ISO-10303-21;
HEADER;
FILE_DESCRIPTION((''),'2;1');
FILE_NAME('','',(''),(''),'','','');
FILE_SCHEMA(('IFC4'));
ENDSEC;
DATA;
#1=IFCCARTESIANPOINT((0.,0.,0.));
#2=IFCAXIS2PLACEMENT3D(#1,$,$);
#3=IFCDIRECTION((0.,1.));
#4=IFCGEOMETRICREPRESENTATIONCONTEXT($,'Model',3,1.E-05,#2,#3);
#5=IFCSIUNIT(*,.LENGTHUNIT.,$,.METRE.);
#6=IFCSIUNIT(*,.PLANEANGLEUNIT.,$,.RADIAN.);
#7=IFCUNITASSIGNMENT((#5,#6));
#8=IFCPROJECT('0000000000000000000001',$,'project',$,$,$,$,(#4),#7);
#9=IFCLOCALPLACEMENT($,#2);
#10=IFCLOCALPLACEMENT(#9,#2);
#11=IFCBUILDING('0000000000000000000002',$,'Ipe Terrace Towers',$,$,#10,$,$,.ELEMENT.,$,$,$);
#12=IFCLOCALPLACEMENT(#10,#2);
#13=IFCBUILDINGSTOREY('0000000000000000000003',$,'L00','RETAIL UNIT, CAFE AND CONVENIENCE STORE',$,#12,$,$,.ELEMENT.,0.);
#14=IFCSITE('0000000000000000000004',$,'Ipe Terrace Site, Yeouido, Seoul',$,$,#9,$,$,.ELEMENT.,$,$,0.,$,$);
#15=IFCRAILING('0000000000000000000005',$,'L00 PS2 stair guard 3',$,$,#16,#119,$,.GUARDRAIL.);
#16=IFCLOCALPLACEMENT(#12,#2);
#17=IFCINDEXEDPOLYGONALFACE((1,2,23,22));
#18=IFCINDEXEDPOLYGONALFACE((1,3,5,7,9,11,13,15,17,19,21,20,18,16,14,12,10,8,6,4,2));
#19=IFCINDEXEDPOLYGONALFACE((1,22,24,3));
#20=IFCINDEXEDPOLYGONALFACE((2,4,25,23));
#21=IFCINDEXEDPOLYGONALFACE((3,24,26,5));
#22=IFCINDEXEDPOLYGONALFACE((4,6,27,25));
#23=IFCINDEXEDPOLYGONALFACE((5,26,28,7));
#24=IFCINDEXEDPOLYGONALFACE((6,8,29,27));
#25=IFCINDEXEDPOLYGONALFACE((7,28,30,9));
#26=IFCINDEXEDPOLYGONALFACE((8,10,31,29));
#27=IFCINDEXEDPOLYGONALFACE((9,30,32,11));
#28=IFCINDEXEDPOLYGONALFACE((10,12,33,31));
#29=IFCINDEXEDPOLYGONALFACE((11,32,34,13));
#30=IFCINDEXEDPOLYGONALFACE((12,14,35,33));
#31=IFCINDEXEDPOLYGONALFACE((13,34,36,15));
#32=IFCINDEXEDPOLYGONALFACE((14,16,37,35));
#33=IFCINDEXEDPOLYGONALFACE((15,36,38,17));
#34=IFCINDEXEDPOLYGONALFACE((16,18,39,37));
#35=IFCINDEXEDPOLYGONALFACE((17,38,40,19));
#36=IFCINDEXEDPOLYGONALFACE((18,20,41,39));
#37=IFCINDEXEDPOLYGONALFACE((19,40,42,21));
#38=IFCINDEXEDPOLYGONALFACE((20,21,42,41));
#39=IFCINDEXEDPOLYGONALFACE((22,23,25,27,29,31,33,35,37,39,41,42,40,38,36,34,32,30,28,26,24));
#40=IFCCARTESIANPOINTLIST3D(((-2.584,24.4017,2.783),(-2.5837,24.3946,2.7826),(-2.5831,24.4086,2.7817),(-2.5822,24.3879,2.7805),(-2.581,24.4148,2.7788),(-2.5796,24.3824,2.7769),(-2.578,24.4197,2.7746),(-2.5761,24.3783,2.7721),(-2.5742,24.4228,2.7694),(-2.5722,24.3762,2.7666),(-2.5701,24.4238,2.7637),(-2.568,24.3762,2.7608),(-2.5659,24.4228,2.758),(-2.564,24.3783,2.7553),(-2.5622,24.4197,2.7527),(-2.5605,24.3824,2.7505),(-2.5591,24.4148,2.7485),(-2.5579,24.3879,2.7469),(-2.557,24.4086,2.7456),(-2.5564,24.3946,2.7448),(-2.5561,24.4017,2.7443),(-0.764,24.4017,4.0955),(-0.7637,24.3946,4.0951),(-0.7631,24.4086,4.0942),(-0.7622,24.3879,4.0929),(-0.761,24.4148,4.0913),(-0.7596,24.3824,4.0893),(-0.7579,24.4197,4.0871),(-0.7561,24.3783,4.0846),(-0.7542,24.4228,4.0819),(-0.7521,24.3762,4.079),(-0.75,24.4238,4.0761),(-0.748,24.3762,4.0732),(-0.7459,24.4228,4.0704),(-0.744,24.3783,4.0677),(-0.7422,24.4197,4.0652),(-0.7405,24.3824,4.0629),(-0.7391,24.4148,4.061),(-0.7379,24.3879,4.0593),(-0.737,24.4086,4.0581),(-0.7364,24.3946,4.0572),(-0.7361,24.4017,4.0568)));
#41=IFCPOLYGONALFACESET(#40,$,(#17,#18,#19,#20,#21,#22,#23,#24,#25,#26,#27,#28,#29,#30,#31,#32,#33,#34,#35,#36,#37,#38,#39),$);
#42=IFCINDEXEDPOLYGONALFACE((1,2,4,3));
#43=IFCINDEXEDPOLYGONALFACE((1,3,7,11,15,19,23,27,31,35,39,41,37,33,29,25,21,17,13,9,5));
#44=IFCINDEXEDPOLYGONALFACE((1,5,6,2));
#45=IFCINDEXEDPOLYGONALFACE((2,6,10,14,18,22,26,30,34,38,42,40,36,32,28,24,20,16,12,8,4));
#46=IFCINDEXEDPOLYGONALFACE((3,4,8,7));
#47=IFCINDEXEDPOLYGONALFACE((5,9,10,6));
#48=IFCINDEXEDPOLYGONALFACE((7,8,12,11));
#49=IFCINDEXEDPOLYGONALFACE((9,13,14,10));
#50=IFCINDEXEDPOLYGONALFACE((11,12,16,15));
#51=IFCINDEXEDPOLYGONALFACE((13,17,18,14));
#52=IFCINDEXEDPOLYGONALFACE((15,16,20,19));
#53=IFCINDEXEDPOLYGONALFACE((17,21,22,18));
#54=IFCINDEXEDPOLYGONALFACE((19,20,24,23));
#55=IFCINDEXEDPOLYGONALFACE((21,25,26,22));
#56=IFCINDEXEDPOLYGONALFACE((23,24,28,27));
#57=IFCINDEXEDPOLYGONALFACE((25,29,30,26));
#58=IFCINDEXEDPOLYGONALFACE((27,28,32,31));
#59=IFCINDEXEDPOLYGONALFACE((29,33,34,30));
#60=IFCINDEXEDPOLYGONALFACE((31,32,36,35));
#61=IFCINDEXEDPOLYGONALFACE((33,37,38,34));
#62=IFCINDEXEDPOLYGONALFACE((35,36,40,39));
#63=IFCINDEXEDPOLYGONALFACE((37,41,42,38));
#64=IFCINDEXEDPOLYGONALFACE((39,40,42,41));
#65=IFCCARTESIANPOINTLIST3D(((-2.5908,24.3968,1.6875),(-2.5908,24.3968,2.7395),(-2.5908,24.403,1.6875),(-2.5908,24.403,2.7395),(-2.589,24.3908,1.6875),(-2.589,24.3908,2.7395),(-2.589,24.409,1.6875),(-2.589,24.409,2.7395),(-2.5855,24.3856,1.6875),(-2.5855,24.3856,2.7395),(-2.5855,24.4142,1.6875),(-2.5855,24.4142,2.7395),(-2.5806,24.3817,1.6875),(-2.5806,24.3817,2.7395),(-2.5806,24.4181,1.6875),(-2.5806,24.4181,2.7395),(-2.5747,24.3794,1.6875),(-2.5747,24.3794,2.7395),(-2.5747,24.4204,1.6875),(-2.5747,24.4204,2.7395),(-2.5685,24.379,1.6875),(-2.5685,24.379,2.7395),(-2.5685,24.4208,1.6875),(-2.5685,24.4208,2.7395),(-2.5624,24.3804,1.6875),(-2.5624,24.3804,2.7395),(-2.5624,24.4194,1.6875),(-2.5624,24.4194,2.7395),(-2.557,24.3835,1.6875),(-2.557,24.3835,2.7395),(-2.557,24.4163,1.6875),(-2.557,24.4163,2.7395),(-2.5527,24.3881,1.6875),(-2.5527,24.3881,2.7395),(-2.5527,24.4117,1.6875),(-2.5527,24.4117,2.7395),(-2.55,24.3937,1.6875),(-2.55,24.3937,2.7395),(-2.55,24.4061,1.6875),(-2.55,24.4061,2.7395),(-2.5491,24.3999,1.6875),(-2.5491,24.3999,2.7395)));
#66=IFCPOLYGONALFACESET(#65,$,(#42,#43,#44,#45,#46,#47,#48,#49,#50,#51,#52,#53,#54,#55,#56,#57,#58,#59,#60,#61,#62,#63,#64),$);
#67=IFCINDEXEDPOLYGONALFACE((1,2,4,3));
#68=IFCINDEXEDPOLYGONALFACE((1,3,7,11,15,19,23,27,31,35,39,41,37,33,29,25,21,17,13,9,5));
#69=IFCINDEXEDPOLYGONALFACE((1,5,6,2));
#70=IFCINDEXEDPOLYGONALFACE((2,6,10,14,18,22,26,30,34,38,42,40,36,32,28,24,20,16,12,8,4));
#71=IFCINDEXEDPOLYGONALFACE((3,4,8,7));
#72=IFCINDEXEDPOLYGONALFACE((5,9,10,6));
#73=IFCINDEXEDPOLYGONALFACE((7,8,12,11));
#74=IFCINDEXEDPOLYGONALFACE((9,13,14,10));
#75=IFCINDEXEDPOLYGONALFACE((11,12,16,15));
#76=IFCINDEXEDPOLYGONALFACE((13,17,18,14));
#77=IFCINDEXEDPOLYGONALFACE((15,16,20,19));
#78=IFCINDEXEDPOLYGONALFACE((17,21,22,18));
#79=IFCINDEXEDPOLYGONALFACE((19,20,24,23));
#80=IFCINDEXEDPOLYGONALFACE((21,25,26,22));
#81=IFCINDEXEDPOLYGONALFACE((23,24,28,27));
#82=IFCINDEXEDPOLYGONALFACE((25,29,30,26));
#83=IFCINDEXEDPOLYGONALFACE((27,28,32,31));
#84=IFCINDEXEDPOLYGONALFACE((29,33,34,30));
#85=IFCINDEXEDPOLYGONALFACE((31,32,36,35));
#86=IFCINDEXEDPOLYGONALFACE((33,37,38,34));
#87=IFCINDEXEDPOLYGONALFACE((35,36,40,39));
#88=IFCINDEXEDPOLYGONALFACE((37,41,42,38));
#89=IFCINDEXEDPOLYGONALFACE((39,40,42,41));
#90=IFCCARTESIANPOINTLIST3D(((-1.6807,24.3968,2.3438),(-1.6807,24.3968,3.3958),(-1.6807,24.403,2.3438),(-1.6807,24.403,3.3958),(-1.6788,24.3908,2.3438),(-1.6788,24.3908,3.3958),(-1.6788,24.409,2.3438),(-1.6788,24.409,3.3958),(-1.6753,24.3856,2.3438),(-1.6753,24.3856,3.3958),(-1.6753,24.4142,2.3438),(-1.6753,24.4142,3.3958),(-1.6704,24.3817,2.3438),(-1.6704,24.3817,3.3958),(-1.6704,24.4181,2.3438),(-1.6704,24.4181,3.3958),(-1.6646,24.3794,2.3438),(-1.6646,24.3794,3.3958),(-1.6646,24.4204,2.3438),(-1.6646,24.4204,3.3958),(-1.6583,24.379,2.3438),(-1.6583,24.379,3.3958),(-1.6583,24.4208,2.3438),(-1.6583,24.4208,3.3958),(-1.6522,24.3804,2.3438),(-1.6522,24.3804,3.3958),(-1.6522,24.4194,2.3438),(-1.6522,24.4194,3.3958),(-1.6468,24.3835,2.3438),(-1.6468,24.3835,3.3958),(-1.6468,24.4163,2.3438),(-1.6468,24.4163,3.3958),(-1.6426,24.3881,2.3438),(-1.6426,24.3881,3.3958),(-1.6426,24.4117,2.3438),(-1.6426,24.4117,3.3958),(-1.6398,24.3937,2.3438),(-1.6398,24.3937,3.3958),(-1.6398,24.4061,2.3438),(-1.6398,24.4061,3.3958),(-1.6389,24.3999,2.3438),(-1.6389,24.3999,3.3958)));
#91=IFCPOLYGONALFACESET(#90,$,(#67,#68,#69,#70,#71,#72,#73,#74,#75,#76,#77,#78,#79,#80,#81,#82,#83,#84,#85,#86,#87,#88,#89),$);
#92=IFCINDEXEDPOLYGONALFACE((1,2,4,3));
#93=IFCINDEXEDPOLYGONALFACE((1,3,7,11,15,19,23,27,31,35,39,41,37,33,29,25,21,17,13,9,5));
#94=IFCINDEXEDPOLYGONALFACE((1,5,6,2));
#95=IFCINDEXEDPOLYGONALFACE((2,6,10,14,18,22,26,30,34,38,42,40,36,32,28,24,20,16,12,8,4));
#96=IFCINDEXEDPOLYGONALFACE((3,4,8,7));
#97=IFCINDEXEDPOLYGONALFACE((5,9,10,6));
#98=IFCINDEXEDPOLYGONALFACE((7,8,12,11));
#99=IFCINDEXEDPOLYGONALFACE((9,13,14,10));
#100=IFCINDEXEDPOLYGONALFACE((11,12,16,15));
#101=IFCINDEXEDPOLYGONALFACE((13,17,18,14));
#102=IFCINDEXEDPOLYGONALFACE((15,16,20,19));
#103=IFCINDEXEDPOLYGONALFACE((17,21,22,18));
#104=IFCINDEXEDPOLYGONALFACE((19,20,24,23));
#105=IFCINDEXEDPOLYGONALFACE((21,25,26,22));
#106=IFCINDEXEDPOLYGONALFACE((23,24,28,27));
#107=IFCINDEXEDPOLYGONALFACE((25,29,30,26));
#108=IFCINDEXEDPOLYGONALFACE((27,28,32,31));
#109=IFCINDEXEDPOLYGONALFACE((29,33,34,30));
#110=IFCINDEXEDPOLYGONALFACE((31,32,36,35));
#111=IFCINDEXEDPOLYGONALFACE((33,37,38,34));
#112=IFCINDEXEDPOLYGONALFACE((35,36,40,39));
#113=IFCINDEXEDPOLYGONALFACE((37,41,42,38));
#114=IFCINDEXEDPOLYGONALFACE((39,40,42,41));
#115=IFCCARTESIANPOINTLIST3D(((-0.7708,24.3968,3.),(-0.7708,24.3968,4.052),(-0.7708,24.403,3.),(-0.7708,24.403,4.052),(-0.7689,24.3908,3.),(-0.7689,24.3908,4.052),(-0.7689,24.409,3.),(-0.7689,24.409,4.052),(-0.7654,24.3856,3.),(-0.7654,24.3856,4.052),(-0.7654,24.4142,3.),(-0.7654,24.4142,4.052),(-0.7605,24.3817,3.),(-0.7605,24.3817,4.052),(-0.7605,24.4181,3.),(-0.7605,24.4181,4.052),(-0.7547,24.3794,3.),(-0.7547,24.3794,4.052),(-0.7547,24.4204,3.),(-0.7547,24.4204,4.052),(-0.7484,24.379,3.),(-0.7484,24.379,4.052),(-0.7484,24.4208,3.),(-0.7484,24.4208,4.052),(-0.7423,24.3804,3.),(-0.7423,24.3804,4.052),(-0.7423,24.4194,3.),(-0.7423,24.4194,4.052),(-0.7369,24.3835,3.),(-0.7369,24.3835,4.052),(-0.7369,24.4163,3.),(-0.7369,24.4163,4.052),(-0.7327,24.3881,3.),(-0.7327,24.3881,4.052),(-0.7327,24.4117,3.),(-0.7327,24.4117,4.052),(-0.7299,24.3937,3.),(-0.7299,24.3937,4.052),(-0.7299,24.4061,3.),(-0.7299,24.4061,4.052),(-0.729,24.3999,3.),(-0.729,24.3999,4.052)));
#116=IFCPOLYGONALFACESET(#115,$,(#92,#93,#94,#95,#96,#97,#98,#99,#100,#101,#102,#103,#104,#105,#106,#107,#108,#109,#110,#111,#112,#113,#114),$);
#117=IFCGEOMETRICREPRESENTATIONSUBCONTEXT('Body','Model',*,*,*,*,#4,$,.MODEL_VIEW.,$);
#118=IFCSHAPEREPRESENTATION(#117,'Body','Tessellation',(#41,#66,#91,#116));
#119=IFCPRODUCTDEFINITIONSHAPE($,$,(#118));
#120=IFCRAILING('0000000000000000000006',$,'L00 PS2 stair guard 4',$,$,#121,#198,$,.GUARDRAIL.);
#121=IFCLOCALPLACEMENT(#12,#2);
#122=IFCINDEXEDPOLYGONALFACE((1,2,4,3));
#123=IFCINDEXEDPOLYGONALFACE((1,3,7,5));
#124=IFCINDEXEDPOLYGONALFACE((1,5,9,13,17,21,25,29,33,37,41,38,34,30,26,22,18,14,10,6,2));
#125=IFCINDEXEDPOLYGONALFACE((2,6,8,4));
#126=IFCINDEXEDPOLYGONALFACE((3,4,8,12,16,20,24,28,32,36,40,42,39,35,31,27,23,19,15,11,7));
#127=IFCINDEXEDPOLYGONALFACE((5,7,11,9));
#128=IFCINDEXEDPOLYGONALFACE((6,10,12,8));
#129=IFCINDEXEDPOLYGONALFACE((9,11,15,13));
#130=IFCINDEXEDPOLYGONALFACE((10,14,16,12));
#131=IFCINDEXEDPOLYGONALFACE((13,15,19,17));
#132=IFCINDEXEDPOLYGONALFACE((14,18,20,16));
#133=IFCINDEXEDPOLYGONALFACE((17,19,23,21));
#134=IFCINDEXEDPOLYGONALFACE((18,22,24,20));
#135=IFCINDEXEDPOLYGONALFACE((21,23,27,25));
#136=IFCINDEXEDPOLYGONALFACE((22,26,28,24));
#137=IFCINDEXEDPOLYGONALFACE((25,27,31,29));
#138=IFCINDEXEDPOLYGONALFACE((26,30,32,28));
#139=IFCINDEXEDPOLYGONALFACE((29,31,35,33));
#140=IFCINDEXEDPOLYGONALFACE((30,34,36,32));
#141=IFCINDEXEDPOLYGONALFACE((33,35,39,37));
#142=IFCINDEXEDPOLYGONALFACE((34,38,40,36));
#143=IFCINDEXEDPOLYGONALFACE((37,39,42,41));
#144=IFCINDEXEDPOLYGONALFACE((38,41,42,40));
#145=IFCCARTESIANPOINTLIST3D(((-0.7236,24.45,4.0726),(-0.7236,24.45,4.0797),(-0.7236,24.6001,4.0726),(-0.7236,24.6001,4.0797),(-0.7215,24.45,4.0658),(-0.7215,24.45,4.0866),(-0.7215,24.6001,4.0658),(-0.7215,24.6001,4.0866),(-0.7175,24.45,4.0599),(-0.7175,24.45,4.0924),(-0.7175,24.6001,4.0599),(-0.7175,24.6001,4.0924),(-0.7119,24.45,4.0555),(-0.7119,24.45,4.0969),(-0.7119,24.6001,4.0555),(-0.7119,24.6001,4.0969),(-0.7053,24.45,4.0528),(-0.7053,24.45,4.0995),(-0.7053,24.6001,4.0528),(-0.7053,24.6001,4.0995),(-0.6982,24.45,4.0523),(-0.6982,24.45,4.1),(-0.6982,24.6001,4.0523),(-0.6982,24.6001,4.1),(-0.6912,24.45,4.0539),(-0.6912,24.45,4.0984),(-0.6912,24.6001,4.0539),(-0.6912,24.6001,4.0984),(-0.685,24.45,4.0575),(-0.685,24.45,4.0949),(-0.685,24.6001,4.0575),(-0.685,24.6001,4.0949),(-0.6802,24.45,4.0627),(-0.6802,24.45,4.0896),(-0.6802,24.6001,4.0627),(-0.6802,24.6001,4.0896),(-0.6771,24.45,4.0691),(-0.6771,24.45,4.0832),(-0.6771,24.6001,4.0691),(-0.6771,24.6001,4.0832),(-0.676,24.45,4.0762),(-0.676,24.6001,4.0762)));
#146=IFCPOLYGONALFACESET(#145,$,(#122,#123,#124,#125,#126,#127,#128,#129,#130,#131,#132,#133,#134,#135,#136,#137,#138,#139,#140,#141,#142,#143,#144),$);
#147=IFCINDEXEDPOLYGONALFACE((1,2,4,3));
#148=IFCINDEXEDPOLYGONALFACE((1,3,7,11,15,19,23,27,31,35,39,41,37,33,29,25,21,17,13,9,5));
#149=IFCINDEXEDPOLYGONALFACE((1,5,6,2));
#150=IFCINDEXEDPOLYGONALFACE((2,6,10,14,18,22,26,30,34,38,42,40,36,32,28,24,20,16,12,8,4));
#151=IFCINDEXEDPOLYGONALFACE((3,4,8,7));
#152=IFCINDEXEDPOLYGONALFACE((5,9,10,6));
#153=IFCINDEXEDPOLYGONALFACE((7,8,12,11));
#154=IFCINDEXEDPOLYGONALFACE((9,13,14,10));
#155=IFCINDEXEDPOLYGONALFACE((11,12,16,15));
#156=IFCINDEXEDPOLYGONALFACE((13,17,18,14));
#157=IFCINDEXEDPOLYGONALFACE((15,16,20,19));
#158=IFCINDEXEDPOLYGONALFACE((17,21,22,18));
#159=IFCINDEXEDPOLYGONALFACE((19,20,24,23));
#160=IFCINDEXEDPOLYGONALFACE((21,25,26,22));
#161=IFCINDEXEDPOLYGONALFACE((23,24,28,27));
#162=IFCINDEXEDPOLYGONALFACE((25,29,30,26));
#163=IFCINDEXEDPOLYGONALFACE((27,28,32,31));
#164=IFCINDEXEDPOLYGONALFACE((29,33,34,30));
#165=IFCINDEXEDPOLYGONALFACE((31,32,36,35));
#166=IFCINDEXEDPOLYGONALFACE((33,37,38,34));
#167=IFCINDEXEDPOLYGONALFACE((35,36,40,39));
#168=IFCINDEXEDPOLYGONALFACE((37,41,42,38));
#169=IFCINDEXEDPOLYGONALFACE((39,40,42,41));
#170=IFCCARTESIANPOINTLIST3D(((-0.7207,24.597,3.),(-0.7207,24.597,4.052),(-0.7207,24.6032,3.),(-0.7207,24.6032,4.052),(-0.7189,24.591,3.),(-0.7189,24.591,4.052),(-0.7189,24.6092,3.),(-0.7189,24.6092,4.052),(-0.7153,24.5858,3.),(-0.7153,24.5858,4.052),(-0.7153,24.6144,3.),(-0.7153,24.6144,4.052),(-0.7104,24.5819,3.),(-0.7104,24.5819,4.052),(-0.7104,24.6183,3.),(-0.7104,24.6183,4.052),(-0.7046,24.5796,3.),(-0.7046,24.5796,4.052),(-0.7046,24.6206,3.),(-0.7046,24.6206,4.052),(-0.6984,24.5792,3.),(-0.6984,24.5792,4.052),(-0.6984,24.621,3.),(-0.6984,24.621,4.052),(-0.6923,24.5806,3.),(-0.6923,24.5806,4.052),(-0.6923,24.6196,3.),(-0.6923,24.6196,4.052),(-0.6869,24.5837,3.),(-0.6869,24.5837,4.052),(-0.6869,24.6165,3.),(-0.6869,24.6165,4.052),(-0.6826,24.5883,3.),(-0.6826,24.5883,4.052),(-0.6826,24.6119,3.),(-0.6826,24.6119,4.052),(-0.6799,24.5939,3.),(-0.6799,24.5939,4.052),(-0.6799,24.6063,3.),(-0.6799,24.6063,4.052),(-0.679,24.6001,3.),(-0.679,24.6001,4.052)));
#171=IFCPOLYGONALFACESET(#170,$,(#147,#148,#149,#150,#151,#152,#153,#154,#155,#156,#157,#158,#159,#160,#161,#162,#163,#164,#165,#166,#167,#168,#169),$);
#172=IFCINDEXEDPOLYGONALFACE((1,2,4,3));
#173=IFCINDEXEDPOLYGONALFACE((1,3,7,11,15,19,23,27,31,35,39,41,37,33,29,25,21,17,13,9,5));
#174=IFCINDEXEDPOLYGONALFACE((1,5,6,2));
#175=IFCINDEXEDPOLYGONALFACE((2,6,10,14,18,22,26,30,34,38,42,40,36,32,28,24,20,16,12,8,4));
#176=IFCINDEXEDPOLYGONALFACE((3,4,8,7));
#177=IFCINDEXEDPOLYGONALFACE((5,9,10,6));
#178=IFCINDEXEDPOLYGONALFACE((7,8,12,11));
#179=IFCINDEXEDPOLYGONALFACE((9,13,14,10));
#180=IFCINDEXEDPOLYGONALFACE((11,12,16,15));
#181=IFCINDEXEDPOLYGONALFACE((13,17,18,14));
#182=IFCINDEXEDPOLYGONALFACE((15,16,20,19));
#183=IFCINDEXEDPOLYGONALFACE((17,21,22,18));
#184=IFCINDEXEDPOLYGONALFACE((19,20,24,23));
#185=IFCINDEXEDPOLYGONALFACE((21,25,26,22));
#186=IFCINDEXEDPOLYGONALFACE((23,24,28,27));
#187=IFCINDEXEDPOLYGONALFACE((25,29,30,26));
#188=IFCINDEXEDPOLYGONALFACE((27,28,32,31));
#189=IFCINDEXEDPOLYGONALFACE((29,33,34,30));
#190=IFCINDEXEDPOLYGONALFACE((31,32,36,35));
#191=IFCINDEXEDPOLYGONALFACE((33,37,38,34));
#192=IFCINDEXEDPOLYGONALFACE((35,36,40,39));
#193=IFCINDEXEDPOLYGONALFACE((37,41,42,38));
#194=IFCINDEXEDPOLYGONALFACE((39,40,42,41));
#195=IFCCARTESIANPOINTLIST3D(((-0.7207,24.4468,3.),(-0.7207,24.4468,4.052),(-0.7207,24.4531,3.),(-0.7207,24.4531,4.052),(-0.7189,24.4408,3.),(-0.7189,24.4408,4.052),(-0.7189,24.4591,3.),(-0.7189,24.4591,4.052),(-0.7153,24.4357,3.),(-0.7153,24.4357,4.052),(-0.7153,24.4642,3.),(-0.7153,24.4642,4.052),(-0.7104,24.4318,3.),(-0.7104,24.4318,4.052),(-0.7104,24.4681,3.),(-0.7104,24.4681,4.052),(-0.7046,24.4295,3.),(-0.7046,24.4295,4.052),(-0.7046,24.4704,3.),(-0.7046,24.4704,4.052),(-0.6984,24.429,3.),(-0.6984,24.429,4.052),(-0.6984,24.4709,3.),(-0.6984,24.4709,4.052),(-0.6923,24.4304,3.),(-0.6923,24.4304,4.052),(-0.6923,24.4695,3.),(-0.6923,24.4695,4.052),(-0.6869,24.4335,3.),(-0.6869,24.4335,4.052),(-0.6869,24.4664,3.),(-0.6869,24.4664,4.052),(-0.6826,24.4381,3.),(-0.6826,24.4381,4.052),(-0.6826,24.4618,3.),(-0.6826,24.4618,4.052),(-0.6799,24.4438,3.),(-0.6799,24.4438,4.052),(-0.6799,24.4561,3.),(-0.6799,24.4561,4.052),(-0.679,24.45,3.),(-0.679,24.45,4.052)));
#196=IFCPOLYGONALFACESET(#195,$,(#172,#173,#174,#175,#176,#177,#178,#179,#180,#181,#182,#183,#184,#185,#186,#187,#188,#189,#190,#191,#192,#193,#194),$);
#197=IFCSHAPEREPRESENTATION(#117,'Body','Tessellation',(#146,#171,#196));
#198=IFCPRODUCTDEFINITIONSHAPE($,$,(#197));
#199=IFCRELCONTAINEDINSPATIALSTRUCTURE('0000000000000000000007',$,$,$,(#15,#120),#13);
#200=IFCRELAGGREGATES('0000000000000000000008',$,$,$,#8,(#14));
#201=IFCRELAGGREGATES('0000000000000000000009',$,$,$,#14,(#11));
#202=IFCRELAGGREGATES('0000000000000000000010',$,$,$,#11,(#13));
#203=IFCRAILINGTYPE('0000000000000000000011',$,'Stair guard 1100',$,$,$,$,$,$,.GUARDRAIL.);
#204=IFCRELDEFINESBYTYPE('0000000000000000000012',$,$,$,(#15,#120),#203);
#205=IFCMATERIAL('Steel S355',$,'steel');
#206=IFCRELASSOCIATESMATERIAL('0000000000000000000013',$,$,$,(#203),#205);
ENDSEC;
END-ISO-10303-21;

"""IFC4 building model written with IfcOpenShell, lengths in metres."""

from ifc_helpers import new_model, si_unit, direction, frame, origin, origin_2d, place, context, subcontext, project, spatial, circle, extrude, material, type_object, element, save


model = new_model("IFC4")

# Units and contexts
model_context = context("Model", 3, precision=1e-05, world=origin(), true_north=direction((0.0, 1.0)))
body_context = subcontext(model_context, "Body", "Model", "MODEL_VIEW")
ifc_project = project(units=[si_unit("LENGTHUNIT", "METRE"), si_unit("PLANEANGLEUNIT", "RADIAN")], contexts=[model_context])

# Site, building, storey
site_placement = place(None, origin())
site = spatial("IfcSite", under=ifc_project, at=site_placement, Name="Ipe Terrace Site, Yeouido, Seoul", CompositionType="ELEMENT", RefElevation=0.0)
building_placement = place(site_placement, origin())
building = spatial("IfcBuilding", under=site, at=building_placement, Name="Ipe Terrace Towers", CompositionType="ELEMENT")
storey_placement = place(building_placement, origin())
storey = spatial("IfcBuildingStorey", under=building, at=storey_placement, Name="L00", Description="RETAIL UNIT, CAFE AND CONVENIENCE STORE", CompositionType="ELEMENT", Elevation=0.0)

# Railings
ifc_material_1 = material(Name="Steel S355", Category="steel")
railing_type_1 = type_object("IfcRailingType", Name="Stair guard 1100", PredefinedType="GUARDRAIL", material=ifc_material_1)
railing_1_placement = place(storey_placement, frame((-2.5701, 24.3999, 1.6875)))
element("IfcRailing", 1, at=railing_1_placement, inside=storey, type_object=railing_type_1, Name="L00 PS2 stair guard 3", PredefinedType="GUARDRAIL", context=body_context, shape_type="SweptSolid", body=[
    extrude(circle(Radius=0.0239, at=origin_2d()), frame((0.0, 0.0, 1.0762), z_axis=(0.811101, 0.0, 0.584906), x_axis=(0.0, 1.0, 0.0)), (0.0, 0.0, 1.0), 2.2439),
    extrude(circle(Radius=0.021, at=origin_2d()), origin(), (0.0, 0.0, 1.0), 1.052),
    extrude(circle(Radius=0.021, at=origin_2d()), frame((0.9102, 0.0, 0.6562)), (0.0, 0.0, 1.0), 1.052),
    extrude(circle(Radius=0.021, at=origin_2d()), frame((1.8201, 0.0, 1.3125)), (0.0, 0.0, 1.0), 1.052),
])
railing_2_placement = place(storey_placement, frame((-0.7, 24.6001, 3.0)))
element("IfcRailing", 2, at=railing_2_placement, inside=storey, type_object=railing_type_1, Name="L00 PS2 stair guard 4", PredefinedType="GUARDRAIL", context=body_context, shape_type="SweptSolid", body=[
    extrude(circle(Radius=0.0239, at=origin_2d()), frame((0.0, 0.0, 1.0762), z_axis=(0.0, -1.0, 0.0), x_axis=(1.0, 0.0, 0.0)), (0.0, 0.0, 1.0), 0.1501),
    extrude(circle(Radius=0.021, at=origin_2d()), origin(), (0.0, 0.0, 1.0), 1.052),
    extrude(circle(Radius=0.021, at=origin_2d()), frame((0.0, -0.1501, 0.0)), (0.0, 0.0, 1.0), 1.052),
])

save(model, "model.ifc")
